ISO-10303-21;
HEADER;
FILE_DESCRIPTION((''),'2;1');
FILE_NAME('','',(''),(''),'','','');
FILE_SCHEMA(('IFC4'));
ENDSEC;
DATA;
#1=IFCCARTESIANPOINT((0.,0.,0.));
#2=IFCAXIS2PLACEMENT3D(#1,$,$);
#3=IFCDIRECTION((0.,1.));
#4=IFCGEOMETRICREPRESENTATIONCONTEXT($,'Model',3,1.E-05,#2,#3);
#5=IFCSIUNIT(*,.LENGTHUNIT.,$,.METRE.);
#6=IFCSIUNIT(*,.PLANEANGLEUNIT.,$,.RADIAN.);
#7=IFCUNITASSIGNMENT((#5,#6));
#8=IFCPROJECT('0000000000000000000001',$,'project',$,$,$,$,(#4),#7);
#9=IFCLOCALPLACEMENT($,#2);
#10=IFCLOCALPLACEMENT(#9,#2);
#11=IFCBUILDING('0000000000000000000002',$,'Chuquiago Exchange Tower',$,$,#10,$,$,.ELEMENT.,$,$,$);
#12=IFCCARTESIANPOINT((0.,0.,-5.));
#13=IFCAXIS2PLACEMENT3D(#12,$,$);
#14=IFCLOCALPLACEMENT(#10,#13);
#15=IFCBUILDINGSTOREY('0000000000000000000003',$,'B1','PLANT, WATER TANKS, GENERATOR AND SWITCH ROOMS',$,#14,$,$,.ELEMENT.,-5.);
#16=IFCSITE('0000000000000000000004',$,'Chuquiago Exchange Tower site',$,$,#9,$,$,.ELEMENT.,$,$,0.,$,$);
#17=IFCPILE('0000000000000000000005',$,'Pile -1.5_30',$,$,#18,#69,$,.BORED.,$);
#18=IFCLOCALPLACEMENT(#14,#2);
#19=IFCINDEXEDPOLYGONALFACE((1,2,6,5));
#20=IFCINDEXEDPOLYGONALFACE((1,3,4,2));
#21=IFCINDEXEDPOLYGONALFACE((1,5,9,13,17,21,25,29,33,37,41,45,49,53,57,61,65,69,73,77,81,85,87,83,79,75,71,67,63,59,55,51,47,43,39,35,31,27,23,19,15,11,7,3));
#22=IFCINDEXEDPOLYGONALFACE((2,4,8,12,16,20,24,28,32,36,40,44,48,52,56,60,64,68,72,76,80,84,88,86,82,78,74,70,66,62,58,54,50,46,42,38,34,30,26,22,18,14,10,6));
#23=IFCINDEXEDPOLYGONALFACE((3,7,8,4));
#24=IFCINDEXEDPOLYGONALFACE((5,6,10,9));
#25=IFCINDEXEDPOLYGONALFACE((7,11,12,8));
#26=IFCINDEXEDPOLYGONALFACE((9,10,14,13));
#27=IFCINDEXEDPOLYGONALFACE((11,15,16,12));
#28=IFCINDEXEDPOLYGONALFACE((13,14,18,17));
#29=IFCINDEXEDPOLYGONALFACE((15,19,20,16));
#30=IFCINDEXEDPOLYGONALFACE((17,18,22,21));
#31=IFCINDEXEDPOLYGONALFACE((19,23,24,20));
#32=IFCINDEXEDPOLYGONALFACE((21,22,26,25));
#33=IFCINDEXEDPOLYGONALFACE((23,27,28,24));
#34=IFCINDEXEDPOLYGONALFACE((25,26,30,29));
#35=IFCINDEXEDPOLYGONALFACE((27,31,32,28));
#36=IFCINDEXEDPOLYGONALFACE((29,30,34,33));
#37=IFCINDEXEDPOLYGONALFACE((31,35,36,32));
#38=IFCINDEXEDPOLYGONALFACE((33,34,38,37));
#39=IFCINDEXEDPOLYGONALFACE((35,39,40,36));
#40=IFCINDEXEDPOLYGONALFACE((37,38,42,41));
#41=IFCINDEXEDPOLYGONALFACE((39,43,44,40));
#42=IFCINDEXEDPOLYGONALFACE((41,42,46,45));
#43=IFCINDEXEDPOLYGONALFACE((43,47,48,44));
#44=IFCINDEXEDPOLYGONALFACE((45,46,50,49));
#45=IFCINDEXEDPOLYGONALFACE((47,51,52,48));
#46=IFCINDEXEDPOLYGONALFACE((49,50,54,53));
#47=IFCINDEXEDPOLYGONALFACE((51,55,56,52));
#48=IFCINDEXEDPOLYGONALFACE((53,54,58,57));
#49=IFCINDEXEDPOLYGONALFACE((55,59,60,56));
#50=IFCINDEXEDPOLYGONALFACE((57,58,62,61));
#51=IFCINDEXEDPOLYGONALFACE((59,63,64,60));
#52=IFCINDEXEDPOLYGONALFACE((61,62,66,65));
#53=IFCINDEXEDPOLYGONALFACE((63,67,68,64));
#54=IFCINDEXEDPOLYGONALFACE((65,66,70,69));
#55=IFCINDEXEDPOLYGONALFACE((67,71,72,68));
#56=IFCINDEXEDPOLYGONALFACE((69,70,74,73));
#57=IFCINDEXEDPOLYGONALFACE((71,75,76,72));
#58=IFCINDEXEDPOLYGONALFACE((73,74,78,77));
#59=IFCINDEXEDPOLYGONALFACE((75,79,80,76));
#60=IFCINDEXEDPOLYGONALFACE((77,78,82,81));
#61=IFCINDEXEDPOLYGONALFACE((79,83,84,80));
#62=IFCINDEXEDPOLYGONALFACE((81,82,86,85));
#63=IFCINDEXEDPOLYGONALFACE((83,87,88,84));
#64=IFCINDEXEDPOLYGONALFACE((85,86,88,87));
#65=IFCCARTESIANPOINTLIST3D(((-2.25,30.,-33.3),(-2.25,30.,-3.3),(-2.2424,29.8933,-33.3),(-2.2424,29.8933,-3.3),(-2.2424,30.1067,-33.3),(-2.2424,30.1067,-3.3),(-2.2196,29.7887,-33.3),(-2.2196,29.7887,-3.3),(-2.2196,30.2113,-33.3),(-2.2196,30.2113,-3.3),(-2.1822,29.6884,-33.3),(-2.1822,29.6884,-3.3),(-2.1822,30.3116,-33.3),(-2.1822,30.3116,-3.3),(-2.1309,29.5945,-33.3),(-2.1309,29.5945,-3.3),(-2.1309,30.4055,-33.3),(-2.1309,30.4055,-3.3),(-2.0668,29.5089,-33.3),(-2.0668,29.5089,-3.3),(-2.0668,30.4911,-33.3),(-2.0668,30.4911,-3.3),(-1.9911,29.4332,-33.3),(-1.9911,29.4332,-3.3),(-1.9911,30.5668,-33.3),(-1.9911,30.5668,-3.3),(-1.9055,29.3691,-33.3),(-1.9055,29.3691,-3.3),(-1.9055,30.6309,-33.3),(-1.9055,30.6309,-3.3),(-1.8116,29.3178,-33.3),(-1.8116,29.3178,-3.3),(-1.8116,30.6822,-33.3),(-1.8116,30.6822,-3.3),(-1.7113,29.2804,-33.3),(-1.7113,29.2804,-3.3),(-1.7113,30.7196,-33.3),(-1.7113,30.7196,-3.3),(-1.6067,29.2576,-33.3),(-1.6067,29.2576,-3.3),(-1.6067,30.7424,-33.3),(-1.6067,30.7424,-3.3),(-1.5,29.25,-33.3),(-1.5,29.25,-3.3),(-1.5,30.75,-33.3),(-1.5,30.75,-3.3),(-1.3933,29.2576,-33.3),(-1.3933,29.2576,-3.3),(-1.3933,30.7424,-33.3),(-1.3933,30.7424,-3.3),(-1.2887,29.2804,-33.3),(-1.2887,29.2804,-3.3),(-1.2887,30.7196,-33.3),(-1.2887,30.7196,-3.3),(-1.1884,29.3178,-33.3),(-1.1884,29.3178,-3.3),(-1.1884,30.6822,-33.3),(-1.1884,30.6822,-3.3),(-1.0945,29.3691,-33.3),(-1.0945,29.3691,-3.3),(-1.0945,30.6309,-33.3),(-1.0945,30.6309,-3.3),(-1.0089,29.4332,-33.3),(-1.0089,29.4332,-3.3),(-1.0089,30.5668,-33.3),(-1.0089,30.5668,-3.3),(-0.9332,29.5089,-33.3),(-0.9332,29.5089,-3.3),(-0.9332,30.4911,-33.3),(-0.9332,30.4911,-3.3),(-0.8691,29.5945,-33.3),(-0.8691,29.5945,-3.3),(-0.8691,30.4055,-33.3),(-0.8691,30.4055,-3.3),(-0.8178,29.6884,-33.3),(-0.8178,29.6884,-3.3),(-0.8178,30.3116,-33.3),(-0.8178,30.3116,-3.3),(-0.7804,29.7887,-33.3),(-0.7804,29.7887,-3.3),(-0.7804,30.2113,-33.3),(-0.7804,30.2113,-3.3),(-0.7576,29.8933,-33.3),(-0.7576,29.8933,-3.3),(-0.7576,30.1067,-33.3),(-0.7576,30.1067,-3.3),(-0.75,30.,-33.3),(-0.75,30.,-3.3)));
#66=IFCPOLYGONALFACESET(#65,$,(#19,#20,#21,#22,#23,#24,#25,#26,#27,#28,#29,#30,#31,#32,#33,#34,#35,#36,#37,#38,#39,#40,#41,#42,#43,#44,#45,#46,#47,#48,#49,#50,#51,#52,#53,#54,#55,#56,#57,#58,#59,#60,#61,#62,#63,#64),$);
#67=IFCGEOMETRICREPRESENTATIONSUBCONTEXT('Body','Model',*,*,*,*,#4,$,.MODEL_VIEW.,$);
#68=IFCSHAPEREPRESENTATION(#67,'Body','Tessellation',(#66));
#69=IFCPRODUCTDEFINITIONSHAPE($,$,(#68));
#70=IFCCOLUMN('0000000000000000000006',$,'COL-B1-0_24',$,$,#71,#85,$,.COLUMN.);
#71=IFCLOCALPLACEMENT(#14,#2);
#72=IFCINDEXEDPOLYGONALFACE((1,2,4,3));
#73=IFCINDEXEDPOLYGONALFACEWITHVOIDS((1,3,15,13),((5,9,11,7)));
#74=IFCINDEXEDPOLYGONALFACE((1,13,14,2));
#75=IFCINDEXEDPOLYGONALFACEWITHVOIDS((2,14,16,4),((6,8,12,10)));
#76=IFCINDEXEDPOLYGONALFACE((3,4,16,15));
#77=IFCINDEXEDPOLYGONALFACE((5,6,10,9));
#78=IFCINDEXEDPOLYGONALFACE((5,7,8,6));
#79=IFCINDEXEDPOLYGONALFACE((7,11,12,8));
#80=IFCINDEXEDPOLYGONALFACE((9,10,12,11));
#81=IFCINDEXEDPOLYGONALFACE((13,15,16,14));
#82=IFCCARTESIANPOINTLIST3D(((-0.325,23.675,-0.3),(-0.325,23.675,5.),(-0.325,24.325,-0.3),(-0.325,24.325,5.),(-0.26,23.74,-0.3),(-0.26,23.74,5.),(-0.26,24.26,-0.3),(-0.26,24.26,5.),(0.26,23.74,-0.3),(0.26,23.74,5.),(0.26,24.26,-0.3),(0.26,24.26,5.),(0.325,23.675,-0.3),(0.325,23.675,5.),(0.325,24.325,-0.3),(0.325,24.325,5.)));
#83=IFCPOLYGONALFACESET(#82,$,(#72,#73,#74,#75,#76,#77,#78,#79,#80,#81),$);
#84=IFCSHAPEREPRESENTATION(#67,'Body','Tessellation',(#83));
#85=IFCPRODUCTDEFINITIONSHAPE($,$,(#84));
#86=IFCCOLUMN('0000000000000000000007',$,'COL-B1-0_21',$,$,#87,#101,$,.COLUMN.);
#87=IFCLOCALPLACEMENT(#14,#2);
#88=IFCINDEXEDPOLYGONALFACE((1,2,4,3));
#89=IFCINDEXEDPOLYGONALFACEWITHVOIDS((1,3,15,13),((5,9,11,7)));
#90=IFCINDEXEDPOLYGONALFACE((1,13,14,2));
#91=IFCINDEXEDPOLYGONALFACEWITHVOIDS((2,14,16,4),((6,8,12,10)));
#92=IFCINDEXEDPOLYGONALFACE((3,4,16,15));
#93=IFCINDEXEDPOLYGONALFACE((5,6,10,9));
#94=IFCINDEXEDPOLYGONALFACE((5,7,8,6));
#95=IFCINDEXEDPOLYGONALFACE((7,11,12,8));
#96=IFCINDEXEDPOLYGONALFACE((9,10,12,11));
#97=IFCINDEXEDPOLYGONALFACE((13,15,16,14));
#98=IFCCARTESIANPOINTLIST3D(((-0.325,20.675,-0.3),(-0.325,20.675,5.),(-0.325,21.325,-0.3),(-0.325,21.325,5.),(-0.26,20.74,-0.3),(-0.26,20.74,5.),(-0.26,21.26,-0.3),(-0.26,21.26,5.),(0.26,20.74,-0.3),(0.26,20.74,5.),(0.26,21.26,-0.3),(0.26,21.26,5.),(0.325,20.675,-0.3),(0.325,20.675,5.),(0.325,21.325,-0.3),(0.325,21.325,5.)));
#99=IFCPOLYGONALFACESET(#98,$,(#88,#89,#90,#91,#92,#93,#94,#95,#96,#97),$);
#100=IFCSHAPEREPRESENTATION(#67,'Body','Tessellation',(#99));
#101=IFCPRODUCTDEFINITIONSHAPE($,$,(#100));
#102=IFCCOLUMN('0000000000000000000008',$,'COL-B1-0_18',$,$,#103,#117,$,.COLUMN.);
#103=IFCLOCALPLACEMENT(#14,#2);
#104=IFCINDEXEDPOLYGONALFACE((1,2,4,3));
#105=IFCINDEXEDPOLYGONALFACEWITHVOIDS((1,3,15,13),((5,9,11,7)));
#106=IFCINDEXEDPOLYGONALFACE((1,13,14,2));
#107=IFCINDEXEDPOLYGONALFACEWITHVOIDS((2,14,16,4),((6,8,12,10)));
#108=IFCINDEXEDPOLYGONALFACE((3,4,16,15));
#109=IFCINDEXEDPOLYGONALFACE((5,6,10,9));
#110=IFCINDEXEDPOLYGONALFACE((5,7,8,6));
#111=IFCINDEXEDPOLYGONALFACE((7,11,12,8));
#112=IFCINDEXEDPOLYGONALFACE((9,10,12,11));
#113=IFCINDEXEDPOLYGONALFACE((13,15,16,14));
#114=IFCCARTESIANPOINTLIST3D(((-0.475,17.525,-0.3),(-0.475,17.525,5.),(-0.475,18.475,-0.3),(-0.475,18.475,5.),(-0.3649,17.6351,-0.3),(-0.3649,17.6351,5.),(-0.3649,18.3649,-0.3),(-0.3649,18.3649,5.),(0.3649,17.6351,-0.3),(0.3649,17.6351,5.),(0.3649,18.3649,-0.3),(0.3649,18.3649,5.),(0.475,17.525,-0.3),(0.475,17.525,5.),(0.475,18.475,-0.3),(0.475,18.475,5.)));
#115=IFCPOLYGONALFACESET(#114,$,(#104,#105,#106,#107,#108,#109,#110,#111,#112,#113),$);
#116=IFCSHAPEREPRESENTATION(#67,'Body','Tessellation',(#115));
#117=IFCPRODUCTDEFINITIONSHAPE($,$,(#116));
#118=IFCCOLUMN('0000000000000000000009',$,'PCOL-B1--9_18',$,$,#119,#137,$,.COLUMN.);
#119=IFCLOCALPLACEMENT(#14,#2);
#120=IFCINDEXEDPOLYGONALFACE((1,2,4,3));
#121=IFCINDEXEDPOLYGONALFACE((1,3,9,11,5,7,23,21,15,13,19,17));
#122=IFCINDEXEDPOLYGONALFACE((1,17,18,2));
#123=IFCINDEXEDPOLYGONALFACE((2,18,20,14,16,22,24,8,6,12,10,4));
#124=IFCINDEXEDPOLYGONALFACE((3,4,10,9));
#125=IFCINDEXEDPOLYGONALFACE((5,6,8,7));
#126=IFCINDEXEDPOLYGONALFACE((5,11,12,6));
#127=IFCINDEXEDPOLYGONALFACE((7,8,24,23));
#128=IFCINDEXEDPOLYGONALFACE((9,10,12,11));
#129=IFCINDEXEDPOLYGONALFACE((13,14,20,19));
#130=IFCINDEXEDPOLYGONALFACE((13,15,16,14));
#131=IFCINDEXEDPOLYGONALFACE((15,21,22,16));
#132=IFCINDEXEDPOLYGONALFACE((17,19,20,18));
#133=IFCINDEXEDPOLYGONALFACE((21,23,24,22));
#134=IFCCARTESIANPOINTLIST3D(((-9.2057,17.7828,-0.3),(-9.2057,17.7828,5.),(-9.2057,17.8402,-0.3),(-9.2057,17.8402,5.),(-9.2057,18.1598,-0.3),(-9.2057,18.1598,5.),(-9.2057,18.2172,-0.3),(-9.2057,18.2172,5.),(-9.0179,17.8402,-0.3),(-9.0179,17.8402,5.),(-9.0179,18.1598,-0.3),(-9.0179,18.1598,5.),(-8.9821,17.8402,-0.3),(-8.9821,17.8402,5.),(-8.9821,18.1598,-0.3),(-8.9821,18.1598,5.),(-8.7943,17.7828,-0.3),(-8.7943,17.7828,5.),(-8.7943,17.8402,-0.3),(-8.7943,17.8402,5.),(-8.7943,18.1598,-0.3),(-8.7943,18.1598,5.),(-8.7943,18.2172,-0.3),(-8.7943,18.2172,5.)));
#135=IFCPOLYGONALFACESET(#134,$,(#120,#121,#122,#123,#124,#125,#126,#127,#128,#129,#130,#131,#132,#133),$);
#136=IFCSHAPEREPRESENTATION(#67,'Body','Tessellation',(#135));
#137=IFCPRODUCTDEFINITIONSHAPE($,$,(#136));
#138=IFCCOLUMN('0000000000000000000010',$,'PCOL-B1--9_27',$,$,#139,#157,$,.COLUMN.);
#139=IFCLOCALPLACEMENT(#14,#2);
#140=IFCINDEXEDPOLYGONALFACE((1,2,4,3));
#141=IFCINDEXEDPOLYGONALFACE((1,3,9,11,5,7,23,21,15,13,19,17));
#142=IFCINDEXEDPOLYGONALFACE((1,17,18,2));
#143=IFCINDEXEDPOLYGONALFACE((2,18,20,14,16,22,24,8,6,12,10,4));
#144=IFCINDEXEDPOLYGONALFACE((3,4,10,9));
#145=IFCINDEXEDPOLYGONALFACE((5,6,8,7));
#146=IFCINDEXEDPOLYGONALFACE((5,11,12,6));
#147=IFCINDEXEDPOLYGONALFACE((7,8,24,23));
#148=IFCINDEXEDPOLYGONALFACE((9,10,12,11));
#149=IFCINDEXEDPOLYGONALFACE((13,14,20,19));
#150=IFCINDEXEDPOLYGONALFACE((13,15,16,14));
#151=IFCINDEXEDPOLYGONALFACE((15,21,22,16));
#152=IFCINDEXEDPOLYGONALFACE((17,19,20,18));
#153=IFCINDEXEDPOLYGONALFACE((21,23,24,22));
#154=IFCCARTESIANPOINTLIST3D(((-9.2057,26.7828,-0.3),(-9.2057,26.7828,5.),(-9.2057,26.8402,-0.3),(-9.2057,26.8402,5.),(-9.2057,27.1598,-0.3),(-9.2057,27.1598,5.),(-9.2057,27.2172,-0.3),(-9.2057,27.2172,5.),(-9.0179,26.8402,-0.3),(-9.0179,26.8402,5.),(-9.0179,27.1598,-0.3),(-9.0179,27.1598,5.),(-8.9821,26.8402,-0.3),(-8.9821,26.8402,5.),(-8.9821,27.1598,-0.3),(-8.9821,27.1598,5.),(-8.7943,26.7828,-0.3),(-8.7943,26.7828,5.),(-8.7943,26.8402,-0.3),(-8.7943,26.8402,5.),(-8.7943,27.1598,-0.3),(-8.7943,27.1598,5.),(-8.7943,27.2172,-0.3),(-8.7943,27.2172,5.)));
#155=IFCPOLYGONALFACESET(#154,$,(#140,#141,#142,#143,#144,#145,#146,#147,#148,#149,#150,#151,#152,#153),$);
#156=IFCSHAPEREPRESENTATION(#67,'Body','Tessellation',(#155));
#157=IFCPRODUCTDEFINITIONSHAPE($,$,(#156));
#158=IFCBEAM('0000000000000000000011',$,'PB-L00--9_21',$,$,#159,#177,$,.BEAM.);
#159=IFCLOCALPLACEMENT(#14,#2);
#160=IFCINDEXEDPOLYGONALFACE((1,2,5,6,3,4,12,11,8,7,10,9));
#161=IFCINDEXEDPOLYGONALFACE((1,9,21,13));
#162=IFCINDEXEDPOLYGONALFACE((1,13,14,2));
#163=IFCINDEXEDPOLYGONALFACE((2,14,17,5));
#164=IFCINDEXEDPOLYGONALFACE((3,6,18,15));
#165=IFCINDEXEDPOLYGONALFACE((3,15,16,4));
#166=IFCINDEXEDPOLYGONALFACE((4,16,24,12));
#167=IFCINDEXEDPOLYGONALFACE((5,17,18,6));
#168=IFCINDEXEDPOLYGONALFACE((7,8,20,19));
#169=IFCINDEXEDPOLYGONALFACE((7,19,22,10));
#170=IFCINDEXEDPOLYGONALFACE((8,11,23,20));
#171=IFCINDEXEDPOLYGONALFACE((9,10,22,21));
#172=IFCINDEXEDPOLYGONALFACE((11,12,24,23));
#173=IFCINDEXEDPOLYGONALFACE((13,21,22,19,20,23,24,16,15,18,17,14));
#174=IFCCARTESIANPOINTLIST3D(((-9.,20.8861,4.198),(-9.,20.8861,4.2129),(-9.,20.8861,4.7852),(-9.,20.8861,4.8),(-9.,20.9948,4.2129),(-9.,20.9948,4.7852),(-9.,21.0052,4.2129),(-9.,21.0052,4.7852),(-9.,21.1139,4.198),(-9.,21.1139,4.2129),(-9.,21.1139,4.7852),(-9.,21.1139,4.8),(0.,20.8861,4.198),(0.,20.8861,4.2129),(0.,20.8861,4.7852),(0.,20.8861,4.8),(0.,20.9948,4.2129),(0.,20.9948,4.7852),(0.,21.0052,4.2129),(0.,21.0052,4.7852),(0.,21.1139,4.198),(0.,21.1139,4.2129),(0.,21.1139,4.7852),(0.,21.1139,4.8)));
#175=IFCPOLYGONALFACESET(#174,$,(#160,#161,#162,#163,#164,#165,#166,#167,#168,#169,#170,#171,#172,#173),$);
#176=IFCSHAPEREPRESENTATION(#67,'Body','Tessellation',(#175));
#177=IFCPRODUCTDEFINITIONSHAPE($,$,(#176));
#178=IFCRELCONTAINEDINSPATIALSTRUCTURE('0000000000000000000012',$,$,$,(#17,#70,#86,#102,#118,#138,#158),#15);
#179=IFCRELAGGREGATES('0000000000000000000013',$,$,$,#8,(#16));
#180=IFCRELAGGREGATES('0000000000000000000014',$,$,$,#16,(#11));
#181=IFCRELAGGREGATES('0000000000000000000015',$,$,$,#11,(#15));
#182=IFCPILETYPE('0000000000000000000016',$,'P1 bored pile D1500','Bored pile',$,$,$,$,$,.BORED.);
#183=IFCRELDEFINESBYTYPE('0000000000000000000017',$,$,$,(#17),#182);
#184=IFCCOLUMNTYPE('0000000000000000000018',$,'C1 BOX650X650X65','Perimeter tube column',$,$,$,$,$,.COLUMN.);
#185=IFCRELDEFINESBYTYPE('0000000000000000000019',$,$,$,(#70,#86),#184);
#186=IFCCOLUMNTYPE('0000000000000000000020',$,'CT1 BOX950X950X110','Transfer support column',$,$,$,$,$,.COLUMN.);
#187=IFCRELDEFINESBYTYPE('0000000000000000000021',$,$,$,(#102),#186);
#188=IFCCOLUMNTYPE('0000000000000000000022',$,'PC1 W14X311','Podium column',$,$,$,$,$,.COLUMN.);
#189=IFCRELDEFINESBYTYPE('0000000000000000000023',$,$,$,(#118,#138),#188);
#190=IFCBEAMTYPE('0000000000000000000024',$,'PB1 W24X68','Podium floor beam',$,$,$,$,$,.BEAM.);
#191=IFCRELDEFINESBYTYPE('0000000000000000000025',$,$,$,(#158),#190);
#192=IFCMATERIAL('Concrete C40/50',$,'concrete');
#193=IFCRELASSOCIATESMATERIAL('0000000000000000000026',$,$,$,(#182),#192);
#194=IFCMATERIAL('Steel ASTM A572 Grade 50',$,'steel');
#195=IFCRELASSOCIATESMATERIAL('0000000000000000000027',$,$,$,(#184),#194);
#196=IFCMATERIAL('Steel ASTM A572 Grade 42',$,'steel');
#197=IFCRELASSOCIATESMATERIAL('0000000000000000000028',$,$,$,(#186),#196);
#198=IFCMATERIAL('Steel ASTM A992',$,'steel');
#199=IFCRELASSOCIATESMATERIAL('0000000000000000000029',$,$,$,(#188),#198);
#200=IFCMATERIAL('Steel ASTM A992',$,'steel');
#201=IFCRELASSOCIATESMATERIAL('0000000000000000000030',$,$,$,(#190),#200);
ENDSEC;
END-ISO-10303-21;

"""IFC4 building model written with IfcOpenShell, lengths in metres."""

from ifc_helpers import new_model, si_unit, direction, frame, origin, origin_2d, place, context, subcontext, project, spatial, hollow_rectangle, circle, i_section, extrude, material, material_profile, profile_set, type_object, element, save


model = new_model("IFC4")

# Units and contexts
model_context = context("Model", 3, precision=1e-05, world=origin(), true_north=direction((0.0, 1.0)))
body_context = subcontext(model_context, "Body", "Model", "MODEL_VIEW")
ifc_project = project(units=[si_unit("LENGTHUNIT", "METRE"), si_unit("PLANEANGLEUNIT", "RADIAN")], contexts=[model_context])

# Site, building, storey
site_placement = place(None, origin())
site = spatial("IfcSite", under=ifc_project, at=site_placement, Name="Chuquiago Exchange Tower site", CompositionType="ELEMENT", RefElevation=0.0)
building_placement = place(site_placement, origin())
building = spatial("IfcBuilding", under=site, at=building_placement, Name="Chuquiago Exchange Tower", CompositionType="ELEMENT")
storey_placement = place(building_placement, frame((0.0, 0.0, -5.0)))
storey = spatial("IfcBuildingStorey", under=building, at=storey_placement, Name="B1", Description="PLANT, WATER TANKS, GENERATOR AND SWITCH ROOMS", CompositionType="ELEMENT", Elevation=-5.0)

# Pile
ifc_material_1 = material(Name="Concrete C40/50", Category="concrete")
ifc_material_profile_1 = material_profile(ifc_material_1, circle(Radius=0.75, at=origin_2d()), Name="D1500")
ifc_profile_set_1 = profile_set([ifc_material_profile_1], Name="Concrete C40/50")
pile_type = type_object("IfcPileType", Name="P1 bored pile D1500", Description="Bored pile", PredefinedType="BORED", material=ifc_profile_set_1)
for number, where, z_axis, x_axis, name in (
    (1, (-1.5, 30.0, -3.3), (0.0, 0.0, -1.0), (1.0, 0.0, 0.0), "Pile -1.5_30"),
):
    element("IfcPile", number, at=place(storey_placement, frame(where, z_axis=z_axis, x_axis=x_axis)), inside=storey, type_object=pile_type, Name=name, PredefinedType="BORED", context=body_context, shape_type="SweptSolid", body=[
        extrude(circle(Radius=0.75, at=origin_2d()), origin(), (0.0, 0.0, 1.0), 30.0),
    ])

# Columns
ifc_material_2 = material(Name="Steel ASTM A572 Grade 50", Category="steel")
ifc_material_profile_2 = material_profile(ifc_material_2, hollow_rectangle(XDim=0.6499, YDim=0.6499, WallThickness=0.0649, at=origin_2d()), Name="BOX650X650X65")
ifc_profile_set_2 = profile_set([ifc_material_profile_2], Name="Steel ASTM A572 Grade 50")
column_type_1 = type_object("IfcColumnType", Name="C1 BOX650X650X65", Description="Perimeter tube column", PredefinedType="COLUMN", material=ifc_profile_set_2)
for number, where, z_axis, x_axis, name in (
    (2, (0.0, 24.0, -0.3), (0.0, 0.0, 1.0), (-1.0, 0.0, 0.0), "COL-B1-0_24"),
    (3, (0.0, 21.0, -0.3), (0.0, 0.0, 1.0), (-1.0, 0.0, 0.0), "COL-B1-0_21"),
):
    element("IfcColumn", number, at=place(storey_placement, frame(where, z_axis=z_axis, x_axis=x_axis)), inside=storey, type_object=column_type_1, Name=name, PredefinedType="COLUMN", context=body_context, shape_type="SweptSolid", body=[
        extrude(hollow_rectangle(XDim=0.6499, YDim=0.6499, WallThickness=0.0649, at=origin_2d()), origin(), (0.0, 0.0, 1.0), 5.3),
    ])
ifc_material_3 = material(Name="Steel ASTM A572 Grade 42", Category="steel")
ifc_material_profile_3 = material_profile(ifc_material_3, hollow_rectangle(XDim=0.95, YDim=0.95, WallThickness=0.1101, at=origin_2d()), Name="BOX950X950X110")
ifc_profile_set_3 = profile_set([ifc_material_profile_3], Name="Steel ASTM A572 Grade 42")
column_type_2 = type_object("IfcColumnType", Name="CT1 BOX950X950X110", Description="Transfer support column", PredefinedType="COLUMN", material=ifc_profile_set_3)
column_placement = place(storey_placement, frame((0.0, 18.0, -0.3), z_axis=(0.0, 0.0, 1.0), x_axis=(-1.0, 0.0, 0.0)))
element("IfcColumn", 4, at=column_placement, inside=storey, type_object=column_type_2, Name="COL-B1-0_18", PredefinedType="COLUMN", context=body_context, shape_type="SweptSolid", body=[
    extrude(hollow_rectangle(XDim=0.95, YDim=0.95, WallThickness=0.1101, at=origin_2d()), origin(), (0.0, 0.0, 1.0), 5.3),
])
ifc_material_4 = material(Name="Steel ASTM A992", Category="steel")
ifc_material_profile_4 = material_profile(ifc_material_4, i_section(OverallWidth=0.4114, OverallDepth=0.4343, WebThickness=0.0359, FlangeThickness=0.0574, at=origin_2d()), Name="W14X311")
ifc_profile_set_4 = profile_set([ifc_material_profile_4], Name="Steel ASTM A992")
column_type_3 = type_object("IfcColumnType", Name="PC1 W14X311", Description="Podium column", PredefinedType="COLUMN", material=ifc_profile_set_4)
for number, where, z_axis, x_axis, name in (
    (5, (-9.0, 18.0, -0.3), (0.0, 0.0, 1.0), (1.0, 0.0, 0.0), "PCOL-B1--9_18"),
    (6, (-9.0, 27.0, -0.3), (0.0, 0.0, 1.0), (1.0, 0.0, 0.0), "PCOL-B1--9_27"),
):
    element("IfcColumn", number, at=place(storey_placement, frame(where, z_axis=z_axis, x_axis=x_axis)), inside=storey, type_object=column_type_3, Name=name, PredefinedType="COLUMN", context=body_context, shape_type="SweptSolid", body=[
        extrude(i_section(OverallWidth=0.4114, OverallDepth=0.4343, WebThickness=0.0359, FlangeThickness=0.0574, at=origin_2d()), origin(), (0.0, 0.0, 1.0), 5.3),
    ])

# Beam
ifc_material_5 = material(Name="Steel ASTM A992", Category="steel")
ifc_material_profile_5 = material_profile(ifc_material_5, i_section(OverallWidth=0.2278, OverallDepth=0.6021, WebThickness=0.0105, FlangeThickness=0.0149, at=origin_2d()), Name="W24X68")
ifc_profile_set_5 = profile_set([ifc_material_profile_5], Name="Steel ASTM A992")
beam_type_1 = type_object("IfcBeamType", Name="PB1 W24X68", Description="Podium floor beam", PredefinedType="BEAM", material=ifc_profile_set_5)
for number, where, z_axis, x_axis, name in (
    (7, (-9.0, 21.0, 4.499), (1.0, 0.0, 0.0), (0.0, 1.0, 0.0), "PB-L00--9_21"),
):
    element("IfcBeam", number, at=place(storey_placement, frame(where, z_axis=z_axis, x_axis=x_axis)), inside=storey, type_object=beam_type_1, Name=name, PredefinedType="BEAM", context=body_context, shape_type="SweptSolid", body=[
        extrude(i_section(OverallWidth=0.2278, OverallDepth=0.6021, WebThickness=0.0105, FlangeThickness=0.0149, at=origin_2d()), origin(), (0.0, 0.0, 1.0), 9.0),
    ])

save(model, "model.ifc")
